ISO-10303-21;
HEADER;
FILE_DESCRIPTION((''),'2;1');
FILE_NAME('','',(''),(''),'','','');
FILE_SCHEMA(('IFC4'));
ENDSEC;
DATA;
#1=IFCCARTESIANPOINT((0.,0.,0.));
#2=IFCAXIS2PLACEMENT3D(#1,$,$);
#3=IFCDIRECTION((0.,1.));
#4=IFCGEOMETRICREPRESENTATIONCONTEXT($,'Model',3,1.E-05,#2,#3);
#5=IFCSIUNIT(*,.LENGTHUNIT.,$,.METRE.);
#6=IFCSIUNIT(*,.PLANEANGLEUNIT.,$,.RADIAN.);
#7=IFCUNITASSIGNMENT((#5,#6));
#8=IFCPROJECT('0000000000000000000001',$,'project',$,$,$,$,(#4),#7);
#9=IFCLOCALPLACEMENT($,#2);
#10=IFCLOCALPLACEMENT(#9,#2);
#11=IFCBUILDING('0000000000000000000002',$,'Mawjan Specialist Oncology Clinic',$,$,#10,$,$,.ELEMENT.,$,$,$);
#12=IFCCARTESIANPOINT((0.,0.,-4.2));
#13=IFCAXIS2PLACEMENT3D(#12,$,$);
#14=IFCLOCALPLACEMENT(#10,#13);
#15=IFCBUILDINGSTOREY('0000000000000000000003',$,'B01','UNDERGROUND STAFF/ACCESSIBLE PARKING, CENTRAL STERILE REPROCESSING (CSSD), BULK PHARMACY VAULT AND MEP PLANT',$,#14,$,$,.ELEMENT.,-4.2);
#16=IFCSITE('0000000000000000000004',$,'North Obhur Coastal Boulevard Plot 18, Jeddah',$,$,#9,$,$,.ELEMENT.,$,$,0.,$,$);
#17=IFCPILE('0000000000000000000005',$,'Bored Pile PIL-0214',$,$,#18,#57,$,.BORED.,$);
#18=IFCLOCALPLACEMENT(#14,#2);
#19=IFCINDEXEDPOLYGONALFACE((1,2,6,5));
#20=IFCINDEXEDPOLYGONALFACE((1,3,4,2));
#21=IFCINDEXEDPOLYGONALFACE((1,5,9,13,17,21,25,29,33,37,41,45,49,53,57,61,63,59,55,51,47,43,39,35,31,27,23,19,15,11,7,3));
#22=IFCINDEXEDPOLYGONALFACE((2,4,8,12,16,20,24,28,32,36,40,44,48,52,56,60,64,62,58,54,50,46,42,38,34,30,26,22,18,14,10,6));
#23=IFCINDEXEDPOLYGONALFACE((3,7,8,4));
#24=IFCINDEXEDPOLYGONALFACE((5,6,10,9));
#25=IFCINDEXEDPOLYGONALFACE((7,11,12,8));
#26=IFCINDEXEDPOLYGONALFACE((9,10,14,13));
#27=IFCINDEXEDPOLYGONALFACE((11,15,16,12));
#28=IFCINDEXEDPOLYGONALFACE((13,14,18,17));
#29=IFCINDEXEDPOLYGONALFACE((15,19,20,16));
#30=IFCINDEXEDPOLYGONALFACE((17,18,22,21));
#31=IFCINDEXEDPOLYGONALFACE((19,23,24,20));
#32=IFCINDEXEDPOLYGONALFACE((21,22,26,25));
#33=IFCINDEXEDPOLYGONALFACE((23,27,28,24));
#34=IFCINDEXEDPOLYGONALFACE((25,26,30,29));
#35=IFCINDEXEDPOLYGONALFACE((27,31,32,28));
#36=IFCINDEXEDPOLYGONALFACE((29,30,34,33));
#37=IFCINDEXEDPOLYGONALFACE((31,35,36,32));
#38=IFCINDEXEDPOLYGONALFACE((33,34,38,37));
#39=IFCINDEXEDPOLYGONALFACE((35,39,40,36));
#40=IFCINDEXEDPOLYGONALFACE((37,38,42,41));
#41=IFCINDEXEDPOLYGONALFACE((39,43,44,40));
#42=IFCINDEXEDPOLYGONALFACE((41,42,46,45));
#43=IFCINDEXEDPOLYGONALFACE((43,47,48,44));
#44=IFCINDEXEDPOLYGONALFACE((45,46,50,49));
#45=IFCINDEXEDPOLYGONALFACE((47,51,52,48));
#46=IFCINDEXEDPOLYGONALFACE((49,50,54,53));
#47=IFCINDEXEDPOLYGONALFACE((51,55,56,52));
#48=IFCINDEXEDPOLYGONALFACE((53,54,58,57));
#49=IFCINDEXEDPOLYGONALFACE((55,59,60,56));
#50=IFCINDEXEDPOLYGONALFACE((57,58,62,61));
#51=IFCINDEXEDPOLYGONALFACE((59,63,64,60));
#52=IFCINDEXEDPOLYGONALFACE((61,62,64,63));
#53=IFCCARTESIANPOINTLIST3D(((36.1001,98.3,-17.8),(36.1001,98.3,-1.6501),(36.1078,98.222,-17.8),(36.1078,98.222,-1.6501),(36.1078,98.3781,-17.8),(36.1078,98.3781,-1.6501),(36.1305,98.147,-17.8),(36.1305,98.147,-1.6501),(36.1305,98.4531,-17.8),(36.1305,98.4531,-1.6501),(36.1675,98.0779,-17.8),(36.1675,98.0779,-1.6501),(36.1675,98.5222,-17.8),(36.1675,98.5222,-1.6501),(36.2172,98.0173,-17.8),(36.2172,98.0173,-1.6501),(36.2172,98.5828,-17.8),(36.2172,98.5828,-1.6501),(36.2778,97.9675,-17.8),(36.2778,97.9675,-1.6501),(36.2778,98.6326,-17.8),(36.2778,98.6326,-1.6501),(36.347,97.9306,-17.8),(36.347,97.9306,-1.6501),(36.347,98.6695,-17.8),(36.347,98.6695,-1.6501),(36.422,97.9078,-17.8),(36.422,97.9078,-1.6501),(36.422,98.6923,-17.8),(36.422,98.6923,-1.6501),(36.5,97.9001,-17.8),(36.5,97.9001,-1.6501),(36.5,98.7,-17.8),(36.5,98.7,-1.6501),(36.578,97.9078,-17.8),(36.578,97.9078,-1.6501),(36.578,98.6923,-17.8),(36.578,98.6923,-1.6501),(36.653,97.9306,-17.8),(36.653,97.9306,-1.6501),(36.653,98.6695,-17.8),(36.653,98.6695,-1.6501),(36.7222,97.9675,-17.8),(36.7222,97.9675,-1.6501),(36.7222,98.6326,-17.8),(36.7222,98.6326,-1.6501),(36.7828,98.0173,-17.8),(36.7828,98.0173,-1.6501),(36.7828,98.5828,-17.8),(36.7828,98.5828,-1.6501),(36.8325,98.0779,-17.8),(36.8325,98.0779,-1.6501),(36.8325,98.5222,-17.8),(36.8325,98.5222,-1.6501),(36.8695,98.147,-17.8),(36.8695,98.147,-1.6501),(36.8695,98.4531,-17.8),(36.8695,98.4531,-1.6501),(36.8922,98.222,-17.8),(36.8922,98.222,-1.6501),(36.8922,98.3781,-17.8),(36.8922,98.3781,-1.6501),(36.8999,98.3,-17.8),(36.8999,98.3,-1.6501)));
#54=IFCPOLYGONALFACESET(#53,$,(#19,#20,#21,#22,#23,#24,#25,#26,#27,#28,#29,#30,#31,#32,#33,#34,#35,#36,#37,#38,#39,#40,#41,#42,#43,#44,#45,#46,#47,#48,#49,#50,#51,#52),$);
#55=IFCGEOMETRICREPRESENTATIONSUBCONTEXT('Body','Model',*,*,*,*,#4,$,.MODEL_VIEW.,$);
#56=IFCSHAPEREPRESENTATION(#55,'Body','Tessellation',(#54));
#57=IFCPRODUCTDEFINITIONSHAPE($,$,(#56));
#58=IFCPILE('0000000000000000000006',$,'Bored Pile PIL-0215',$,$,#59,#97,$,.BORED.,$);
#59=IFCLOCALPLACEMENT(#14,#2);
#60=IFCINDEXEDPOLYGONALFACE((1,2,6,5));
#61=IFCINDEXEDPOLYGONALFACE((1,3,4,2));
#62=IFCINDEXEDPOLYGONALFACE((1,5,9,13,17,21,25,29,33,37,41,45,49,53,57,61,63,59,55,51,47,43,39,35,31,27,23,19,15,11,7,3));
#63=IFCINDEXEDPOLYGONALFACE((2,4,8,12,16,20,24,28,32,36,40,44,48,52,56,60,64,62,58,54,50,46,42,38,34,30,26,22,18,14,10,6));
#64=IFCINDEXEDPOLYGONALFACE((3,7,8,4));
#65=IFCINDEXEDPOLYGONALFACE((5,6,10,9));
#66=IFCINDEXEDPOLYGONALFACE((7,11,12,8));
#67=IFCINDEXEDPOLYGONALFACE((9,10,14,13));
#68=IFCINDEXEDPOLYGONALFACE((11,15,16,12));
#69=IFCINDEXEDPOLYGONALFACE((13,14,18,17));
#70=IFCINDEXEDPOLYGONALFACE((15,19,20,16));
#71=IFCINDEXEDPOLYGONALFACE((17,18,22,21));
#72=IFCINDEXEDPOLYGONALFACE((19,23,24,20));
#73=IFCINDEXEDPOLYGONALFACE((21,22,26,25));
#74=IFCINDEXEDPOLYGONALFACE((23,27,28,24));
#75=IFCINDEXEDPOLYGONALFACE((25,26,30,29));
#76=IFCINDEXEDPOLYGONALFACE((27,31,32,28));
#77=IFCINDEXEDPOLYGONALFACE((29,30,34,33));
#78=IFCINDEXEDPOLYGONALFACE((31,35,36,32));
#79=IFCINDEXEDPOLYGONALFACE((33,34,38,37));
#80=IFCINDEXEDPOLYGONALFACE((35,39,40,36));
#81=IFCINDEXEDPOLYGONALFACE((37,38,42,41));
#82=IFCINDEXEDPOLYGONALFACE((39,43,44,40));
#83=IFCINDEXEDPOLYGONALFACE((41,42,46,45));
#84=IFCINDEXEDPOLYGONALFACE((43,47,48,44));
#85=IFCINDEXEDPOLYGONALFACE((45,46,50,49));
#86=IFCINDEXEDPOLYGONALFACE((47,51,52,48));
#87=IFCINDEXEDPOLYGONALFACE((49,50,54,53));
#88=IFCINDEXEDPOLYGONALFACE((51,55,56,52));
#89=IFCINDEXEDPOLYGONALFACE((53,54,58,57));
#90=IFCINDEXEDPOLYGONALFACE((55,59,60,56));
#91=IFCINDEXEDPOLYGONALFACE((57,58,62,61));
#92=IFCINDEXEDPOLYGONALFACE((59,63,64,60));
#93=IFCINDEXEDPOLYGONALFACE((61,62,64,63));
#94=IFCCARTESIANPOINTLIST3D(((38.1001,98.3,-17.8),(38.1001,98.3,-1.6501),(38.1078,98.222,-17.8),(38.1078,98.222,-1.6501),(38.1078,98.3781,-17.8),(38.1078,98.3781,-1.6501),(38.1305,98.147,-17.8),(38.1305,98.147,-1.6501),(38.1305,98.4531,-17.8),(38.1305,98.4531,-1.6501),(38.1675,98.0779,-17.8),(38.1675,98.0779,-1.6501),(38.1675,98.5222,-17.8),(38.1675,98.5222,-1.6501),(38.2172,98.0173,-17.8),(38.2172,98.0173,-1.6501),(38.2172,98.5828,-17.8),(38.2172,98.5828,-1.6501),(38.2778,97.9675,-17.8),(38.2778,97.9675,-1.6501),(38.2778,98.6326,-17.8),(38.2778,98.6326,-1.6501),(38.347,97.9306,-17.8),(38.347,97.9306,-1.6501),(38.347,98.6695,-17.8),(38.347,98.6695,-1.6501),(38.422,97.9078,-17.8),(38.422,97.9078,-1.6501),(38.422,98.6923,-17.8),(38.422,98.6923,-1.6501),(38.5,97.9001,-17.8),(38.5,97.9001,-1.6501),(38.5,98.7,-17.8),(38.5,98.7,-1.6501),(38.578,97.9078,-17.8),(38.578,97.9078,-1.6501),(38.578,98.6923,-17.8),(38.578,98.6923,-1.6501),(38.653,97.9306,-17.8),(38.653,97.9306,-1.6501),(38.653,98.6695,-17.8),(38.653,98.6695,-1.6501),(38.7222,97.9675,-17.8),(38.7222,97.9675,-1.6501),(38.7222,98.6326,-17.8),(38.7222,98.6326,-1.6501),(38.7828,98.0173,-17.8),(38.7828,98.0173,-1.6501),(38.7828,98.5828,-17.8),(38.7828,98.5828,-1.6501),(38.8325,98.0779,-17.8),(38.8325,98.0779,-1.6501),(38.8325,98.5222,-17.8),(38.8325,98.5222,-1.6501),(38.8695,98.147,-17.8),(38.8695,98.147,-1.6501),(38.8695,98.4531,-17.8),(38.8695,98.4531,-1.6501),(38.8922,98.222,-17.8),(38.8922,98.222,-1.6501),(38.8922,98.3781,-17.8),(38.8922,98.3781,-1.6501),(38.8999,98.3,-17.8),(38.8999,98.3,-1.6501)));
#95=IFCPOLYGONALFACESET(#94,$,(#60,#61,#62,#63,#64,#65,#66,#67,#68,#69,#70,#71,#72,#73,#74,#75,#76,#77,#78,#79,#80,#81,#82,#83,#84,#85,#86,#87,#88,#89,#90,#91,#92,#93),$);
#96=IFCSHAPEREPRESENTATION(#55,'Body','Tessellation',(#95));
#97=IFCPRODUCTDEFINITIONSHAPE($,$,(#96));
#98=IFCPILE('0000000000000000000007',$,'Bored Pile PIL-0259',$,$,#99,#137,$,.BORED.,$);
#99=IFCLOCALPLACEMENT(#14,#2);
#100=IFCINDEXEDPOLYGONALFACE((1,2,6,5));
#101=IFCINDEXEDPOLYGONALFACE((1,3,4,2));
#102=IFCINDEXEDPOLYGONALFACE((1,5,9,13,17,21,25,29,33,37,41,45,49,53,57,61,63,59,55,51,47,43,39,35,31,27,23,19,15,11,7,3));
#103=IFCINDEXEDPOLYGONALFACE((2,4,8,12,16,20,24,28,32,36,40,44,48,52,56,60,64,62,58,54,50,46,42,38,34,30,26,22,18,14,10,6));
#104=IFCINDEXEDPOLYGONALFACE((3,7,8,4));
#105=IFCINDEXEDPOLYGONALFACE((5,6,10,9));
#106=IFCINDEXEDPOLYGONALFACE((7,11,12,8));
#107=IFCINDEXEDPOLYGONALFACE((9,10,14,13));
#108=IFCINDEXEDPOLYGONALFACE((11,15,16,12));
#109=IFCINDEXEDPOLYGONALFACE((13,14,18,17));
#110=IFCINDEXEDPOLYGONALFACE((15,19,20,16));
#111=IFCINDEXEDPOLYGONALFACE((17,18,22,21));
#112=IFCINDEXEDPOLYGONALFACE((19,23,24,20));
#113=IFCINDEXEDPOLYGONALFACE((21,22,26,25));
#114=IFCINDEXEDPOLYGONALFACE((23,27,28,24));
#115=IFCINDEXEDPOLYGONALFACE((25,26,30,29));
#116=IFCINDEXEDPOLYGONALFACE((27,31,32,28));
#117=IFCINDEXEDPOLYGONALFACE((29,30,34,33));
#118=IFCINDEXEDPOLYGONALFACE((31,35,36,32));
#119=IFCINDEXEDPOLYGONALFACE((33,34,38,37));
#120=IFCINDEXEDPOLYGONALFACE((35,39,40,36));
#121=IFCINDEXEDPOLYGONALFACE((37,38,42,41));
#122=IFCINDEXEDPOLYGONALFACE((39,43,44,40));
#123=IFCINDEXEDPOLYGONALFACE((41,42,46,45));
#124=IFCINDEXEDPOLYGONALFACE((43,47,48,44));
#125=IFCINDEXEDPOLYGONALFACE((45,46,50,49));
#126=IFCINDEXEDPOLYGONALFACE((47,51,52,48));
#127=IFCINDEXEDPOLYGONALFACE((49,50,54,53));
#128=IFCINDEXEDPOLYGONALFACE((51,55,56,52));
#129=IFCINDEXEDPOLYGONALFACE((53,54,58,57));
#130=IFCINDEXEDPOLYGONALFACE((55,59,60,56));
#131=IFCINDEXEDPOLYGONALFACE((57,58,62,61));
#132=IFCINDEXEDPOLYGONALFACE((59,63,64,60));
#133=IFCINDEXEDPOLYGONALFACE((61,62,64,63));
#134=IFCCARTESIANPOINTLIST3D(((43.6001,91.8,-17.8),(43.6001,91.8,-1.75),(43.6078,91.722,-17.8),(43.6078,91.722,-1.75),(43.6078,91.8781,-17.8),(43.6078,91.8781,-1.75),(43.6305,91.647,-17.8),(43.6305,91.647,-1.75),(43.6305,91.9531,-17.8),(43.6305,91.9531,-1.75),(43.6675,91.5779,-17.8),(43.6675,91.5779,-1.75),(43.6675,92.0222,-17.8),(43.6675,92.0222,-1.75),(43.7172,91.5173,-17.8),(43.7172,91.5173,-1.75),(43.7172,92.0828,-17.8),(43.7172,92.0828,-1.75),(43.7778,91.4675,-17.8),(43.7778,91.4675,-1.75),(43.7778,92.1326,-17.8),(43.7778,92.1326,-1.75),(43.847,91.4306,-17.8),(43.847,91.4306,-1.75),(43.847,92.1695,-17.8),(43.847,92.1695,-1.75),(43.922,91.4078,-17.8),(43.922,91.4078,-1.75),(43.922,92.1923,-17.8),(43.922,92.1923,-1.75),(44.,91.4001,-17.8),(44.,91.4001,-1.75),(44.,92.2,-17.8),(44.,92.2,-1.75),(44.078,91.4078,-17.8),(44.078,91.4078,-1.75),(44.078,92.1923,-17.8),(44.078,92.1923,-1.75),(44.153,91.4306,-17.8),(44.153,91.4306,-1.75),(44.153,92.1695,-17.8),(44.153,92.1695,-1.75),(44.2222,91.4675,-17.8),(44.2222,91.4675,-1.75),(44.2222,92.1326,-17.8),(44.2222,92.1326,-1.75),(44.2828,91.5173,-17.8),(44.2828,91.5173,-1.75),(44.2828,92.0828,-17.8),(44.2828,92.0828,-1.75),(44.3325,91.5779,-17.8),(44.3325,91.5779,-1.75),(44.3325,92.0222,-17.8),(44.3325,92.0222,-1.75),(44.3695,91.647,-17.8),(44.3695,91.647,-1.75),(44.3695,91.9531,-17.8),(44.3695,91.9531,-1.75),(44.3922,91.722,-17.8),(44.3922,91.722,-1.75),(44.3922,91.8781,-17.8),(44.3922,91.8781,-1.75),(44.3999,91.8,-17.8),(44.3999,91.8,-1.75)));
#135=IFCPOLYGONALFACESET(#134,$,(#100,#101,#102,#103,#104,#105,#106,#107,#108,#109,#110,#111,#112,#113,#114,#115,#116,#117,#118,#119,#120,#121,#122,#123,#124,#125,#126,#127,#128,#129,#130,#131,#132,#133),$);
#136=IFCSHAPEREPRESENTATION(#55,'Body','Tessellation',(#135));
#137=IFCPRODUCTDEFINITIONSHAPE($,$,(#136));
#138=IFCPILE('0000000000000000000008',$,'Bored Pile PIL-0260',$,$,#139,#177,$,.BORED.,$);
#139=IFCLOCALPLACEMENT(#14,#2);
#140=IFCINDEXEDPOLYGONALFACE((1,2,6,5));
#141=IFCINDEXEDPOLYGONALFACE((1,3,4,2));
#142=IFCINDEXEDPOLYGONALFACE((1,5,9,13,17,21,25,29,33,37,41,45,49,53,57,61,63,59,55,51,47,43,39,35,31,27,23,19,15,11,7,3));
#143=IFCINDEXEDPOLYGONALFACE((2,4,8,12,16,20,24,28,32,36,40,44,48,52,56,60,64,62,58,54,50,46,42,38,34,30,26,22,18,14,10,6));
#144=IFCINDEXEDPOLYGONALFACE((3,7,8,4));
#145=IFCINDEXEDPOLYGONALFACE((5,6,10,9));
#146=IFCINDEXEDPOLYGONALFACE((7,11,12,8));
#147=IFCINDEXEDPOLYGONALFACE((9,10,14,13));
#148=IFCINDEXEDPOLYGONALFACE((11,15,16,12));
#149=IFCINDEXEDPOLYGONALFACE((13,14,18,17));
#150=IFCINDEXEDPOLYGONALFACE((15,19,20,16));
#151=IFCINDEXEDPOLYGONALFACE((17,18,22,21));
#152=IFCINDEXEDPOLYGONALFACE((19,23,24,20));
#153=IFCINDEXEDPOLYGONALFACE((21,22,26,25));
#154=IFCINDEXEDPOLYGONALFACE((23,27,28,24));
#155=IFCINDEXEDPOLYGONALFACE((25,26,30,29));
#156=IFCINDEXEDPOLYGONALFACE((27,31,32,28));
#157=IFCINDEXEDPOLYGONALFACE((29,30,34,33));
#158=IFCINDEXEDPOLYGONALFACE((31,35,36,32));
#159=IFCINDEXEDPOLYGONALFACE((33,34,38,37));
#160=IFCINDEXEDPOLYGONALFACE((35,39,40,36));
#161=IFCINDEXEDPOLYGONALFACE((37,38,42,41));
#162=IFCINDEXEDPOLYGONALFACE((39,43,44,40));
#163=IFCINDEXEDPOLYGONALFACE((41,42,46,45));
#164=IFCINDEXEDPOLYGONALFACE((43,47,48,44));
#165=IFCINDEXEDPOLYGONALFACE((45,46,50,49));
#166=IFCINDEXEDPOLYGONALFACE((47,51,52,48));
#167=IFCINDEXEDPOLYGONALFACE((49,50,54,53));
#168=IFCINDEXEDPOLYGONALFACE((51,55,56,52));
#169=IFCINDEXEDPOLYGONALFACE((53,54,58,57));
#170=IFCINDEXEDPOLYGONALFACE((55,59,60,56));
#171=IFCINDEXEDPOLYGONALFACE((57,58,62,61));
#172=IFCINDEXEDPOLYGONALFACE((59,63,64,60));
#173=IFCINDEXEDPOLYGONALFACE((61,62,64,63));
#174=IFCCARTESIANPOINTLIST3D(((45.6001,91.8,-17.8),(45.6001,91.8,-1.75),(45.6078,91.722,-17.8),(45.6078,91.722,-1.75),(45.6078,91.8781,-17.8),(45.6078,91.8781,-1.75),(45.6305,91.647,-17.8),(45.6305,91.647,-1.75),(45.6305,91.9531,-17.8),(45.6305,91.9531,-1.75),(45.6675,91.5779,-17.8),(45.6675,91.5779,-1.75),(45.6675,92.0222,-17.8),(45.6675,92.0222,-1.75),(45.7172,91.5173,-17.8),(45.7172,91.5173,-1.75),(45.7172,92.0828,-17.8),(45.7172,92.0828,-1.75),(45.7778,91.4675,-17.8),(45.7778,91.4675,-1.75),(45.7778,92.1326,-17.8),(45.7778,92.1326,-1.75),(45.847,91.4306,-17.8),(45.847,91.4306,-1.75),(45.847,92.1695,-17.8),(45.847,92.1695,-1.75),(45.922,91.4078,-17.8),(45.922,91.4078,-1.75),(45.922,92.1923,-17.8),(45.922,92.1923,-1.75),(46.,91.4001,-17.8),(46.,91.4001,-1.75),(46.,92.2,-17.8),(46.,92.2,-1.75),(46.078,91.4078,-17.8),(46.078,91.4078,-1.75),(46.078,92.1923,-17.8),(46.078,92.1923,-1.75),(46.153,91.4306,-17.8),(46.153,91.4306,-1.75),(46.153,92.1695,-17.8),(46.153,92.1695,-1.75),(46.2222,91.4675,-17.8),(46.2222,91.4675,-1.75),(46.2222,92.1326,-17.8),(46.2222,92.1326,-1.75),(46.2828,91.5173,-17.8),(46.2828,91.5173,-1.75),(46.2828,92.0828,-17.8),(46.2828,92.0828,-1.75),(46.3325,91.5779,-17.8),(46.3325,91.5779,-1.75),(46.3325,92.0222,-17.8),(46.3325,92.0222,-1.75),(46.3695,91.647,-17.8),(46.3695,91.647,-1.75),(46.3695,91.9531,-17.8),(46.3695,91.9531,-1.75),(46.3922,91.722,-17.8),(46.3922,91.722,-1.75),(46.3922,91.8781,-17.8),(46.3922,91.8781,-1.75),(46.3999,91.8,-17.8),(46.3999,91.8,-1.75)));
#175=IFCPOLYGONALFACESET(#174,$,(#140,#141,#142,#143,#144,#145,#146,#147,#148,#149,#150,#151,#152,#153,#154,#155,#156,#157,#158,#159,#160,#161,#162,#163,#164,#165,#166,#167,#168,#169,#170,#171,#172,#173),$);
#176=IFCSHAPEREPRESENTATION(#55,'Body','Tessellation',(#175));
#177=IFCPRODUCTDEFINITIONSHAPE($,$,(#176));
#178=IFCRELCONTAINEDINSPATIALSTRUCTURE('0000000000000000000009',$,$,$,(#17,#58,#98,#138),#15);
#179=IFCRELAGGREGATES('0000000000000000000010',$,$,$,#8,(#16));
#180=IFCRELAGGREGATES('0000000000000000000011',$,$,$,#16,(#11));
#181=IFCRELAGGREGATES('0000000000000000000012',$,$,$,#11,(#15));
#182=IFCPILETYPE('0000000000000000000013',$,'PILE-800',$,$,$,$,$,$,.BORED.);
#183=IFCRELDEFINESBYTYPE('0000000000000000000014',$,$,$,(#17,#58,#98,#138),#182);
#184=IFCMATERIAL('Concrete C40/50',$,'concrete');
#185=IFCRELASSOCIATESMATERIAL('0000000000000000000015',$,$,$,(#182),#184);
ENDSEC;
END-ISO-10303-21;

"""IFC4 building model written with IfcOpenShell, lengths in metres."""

from ifc_helpers import new_model, si_unit, direction, frame, origin, origin_2d, place, context, subcontext, project, spatial, circle, extrude, material, material_profile, profile_set, type_object, element, save


model = new_model("IFC4")

# Units and contexts
model_context = context("Model", 3, precision=1e-05, world=origin(), true_north=direction((0.0, 1.0)))
body_context = subcontext(model_context, "Body", "Model", "MODEL_VIEW")
ifc_project = project(units=[si_unit("LENGTHUNIT", "METRE"), si_unit("PLANEANGLEUNIT", "RADIAN")], contexts=[model_context])

# Site, building, storey
site_placement = place(None, origin())
site = spatial("IfcSite", under=ifc_project, at=site_placement, Name="North Obhur Coastal Boulevard Plot 18, Jeddah", CompositionType="ELEMENT", RefElevation=0.0)
building_placement = place(site_placement, origin())
building = spatial("IfcBuilding", under=site, at=building_placement, Name="Mawjan Specialist Oncology Clinic", CompositionType="ELEMENT")
storey_placement = place(building_placement, frame((0.0, 0.0, -4.2)))
storey = spatial("IfcBuildingStorey", under=building, at=storey_placement, Name="B01", Description="UNDERGROUND STAFF/ACCESSIBLE PARKING, CENTRAL STERILE REPROCESSING (CSSD), BULK PHARMACY VAULT AND MEP PLANT", CompositionType="ELEMENT", Elevation=-4.2)

# Piles
ifc_material_1 = material(Name="Concrete C40/50", Category="concrete")
ifc_material_profile_1 = material_profile(ifc_material_1, circle(Radius=0.3999, at=origin_2d()), Name="BORED PILE D800", Category="concrete")
ifc_profile_set_1 = profile_set([ifc_material_profile_1], Name="Concrete C40/50")
pile_type = type_object("IfcPileType", Name="PILE-800", PredefinedType="BORED", material=ifc_profile_set_1)
for number, where, z_axis, x_axis, name in (
    (1, (36.5, 98.3, -1.6501), (0.0, 0.0, -1.0), (1.0, 0.0, 0.0), "Bored Pile PIL-0214"),
    (2, (38.5, 98.3, -1.6501), (0.0, 0.0, -1.0), (1.0, 0.0, 0.0), "Bored Pile PIL-0215"),
):
    element("IfcPile", number, at=place(storey_placement, frame(where, z_axis=z_axis, x_axis=x_axis)), inside=storey, type_object=pile_type, Name=name, PredefinedType="BORED", context=body_context, shape_type="SweptSolid", body=[
        extrude(circle(Radius=0.3999, at=origin_2d()), origin(), (0.0, 0.0, 1.0), 16.1499),
    ])
for number, where, z_axis, x_axis, name in (
    (3, (44.0, 91.8, -1.75), (0.0, 0.0, -1.0), (1.0, 0.0, 0.0), "Bored Pile PIL-0259"),
    (4, (46.0, 91.8, -1.75), (0.0, 0.0, -1.0), (1.0, 0.0, 0.0), "Bored Pile PIL-0260"),
):
    element("IfcPile", number, at=place(storey_placement, frame(where, z_axis=z_axis, x_axis=x_axis)), inside=storey, type_object=pile_type, Name=name, PredefinedType="BORED", context=body_context, shape_type="SweptSolid", body=[
        extrude(circle(Radius=0.3999, at=origin_2d()), origin(), (0.0, 0.0, 1.0), 16.05),
    ])

save(model, "model.ifc")
